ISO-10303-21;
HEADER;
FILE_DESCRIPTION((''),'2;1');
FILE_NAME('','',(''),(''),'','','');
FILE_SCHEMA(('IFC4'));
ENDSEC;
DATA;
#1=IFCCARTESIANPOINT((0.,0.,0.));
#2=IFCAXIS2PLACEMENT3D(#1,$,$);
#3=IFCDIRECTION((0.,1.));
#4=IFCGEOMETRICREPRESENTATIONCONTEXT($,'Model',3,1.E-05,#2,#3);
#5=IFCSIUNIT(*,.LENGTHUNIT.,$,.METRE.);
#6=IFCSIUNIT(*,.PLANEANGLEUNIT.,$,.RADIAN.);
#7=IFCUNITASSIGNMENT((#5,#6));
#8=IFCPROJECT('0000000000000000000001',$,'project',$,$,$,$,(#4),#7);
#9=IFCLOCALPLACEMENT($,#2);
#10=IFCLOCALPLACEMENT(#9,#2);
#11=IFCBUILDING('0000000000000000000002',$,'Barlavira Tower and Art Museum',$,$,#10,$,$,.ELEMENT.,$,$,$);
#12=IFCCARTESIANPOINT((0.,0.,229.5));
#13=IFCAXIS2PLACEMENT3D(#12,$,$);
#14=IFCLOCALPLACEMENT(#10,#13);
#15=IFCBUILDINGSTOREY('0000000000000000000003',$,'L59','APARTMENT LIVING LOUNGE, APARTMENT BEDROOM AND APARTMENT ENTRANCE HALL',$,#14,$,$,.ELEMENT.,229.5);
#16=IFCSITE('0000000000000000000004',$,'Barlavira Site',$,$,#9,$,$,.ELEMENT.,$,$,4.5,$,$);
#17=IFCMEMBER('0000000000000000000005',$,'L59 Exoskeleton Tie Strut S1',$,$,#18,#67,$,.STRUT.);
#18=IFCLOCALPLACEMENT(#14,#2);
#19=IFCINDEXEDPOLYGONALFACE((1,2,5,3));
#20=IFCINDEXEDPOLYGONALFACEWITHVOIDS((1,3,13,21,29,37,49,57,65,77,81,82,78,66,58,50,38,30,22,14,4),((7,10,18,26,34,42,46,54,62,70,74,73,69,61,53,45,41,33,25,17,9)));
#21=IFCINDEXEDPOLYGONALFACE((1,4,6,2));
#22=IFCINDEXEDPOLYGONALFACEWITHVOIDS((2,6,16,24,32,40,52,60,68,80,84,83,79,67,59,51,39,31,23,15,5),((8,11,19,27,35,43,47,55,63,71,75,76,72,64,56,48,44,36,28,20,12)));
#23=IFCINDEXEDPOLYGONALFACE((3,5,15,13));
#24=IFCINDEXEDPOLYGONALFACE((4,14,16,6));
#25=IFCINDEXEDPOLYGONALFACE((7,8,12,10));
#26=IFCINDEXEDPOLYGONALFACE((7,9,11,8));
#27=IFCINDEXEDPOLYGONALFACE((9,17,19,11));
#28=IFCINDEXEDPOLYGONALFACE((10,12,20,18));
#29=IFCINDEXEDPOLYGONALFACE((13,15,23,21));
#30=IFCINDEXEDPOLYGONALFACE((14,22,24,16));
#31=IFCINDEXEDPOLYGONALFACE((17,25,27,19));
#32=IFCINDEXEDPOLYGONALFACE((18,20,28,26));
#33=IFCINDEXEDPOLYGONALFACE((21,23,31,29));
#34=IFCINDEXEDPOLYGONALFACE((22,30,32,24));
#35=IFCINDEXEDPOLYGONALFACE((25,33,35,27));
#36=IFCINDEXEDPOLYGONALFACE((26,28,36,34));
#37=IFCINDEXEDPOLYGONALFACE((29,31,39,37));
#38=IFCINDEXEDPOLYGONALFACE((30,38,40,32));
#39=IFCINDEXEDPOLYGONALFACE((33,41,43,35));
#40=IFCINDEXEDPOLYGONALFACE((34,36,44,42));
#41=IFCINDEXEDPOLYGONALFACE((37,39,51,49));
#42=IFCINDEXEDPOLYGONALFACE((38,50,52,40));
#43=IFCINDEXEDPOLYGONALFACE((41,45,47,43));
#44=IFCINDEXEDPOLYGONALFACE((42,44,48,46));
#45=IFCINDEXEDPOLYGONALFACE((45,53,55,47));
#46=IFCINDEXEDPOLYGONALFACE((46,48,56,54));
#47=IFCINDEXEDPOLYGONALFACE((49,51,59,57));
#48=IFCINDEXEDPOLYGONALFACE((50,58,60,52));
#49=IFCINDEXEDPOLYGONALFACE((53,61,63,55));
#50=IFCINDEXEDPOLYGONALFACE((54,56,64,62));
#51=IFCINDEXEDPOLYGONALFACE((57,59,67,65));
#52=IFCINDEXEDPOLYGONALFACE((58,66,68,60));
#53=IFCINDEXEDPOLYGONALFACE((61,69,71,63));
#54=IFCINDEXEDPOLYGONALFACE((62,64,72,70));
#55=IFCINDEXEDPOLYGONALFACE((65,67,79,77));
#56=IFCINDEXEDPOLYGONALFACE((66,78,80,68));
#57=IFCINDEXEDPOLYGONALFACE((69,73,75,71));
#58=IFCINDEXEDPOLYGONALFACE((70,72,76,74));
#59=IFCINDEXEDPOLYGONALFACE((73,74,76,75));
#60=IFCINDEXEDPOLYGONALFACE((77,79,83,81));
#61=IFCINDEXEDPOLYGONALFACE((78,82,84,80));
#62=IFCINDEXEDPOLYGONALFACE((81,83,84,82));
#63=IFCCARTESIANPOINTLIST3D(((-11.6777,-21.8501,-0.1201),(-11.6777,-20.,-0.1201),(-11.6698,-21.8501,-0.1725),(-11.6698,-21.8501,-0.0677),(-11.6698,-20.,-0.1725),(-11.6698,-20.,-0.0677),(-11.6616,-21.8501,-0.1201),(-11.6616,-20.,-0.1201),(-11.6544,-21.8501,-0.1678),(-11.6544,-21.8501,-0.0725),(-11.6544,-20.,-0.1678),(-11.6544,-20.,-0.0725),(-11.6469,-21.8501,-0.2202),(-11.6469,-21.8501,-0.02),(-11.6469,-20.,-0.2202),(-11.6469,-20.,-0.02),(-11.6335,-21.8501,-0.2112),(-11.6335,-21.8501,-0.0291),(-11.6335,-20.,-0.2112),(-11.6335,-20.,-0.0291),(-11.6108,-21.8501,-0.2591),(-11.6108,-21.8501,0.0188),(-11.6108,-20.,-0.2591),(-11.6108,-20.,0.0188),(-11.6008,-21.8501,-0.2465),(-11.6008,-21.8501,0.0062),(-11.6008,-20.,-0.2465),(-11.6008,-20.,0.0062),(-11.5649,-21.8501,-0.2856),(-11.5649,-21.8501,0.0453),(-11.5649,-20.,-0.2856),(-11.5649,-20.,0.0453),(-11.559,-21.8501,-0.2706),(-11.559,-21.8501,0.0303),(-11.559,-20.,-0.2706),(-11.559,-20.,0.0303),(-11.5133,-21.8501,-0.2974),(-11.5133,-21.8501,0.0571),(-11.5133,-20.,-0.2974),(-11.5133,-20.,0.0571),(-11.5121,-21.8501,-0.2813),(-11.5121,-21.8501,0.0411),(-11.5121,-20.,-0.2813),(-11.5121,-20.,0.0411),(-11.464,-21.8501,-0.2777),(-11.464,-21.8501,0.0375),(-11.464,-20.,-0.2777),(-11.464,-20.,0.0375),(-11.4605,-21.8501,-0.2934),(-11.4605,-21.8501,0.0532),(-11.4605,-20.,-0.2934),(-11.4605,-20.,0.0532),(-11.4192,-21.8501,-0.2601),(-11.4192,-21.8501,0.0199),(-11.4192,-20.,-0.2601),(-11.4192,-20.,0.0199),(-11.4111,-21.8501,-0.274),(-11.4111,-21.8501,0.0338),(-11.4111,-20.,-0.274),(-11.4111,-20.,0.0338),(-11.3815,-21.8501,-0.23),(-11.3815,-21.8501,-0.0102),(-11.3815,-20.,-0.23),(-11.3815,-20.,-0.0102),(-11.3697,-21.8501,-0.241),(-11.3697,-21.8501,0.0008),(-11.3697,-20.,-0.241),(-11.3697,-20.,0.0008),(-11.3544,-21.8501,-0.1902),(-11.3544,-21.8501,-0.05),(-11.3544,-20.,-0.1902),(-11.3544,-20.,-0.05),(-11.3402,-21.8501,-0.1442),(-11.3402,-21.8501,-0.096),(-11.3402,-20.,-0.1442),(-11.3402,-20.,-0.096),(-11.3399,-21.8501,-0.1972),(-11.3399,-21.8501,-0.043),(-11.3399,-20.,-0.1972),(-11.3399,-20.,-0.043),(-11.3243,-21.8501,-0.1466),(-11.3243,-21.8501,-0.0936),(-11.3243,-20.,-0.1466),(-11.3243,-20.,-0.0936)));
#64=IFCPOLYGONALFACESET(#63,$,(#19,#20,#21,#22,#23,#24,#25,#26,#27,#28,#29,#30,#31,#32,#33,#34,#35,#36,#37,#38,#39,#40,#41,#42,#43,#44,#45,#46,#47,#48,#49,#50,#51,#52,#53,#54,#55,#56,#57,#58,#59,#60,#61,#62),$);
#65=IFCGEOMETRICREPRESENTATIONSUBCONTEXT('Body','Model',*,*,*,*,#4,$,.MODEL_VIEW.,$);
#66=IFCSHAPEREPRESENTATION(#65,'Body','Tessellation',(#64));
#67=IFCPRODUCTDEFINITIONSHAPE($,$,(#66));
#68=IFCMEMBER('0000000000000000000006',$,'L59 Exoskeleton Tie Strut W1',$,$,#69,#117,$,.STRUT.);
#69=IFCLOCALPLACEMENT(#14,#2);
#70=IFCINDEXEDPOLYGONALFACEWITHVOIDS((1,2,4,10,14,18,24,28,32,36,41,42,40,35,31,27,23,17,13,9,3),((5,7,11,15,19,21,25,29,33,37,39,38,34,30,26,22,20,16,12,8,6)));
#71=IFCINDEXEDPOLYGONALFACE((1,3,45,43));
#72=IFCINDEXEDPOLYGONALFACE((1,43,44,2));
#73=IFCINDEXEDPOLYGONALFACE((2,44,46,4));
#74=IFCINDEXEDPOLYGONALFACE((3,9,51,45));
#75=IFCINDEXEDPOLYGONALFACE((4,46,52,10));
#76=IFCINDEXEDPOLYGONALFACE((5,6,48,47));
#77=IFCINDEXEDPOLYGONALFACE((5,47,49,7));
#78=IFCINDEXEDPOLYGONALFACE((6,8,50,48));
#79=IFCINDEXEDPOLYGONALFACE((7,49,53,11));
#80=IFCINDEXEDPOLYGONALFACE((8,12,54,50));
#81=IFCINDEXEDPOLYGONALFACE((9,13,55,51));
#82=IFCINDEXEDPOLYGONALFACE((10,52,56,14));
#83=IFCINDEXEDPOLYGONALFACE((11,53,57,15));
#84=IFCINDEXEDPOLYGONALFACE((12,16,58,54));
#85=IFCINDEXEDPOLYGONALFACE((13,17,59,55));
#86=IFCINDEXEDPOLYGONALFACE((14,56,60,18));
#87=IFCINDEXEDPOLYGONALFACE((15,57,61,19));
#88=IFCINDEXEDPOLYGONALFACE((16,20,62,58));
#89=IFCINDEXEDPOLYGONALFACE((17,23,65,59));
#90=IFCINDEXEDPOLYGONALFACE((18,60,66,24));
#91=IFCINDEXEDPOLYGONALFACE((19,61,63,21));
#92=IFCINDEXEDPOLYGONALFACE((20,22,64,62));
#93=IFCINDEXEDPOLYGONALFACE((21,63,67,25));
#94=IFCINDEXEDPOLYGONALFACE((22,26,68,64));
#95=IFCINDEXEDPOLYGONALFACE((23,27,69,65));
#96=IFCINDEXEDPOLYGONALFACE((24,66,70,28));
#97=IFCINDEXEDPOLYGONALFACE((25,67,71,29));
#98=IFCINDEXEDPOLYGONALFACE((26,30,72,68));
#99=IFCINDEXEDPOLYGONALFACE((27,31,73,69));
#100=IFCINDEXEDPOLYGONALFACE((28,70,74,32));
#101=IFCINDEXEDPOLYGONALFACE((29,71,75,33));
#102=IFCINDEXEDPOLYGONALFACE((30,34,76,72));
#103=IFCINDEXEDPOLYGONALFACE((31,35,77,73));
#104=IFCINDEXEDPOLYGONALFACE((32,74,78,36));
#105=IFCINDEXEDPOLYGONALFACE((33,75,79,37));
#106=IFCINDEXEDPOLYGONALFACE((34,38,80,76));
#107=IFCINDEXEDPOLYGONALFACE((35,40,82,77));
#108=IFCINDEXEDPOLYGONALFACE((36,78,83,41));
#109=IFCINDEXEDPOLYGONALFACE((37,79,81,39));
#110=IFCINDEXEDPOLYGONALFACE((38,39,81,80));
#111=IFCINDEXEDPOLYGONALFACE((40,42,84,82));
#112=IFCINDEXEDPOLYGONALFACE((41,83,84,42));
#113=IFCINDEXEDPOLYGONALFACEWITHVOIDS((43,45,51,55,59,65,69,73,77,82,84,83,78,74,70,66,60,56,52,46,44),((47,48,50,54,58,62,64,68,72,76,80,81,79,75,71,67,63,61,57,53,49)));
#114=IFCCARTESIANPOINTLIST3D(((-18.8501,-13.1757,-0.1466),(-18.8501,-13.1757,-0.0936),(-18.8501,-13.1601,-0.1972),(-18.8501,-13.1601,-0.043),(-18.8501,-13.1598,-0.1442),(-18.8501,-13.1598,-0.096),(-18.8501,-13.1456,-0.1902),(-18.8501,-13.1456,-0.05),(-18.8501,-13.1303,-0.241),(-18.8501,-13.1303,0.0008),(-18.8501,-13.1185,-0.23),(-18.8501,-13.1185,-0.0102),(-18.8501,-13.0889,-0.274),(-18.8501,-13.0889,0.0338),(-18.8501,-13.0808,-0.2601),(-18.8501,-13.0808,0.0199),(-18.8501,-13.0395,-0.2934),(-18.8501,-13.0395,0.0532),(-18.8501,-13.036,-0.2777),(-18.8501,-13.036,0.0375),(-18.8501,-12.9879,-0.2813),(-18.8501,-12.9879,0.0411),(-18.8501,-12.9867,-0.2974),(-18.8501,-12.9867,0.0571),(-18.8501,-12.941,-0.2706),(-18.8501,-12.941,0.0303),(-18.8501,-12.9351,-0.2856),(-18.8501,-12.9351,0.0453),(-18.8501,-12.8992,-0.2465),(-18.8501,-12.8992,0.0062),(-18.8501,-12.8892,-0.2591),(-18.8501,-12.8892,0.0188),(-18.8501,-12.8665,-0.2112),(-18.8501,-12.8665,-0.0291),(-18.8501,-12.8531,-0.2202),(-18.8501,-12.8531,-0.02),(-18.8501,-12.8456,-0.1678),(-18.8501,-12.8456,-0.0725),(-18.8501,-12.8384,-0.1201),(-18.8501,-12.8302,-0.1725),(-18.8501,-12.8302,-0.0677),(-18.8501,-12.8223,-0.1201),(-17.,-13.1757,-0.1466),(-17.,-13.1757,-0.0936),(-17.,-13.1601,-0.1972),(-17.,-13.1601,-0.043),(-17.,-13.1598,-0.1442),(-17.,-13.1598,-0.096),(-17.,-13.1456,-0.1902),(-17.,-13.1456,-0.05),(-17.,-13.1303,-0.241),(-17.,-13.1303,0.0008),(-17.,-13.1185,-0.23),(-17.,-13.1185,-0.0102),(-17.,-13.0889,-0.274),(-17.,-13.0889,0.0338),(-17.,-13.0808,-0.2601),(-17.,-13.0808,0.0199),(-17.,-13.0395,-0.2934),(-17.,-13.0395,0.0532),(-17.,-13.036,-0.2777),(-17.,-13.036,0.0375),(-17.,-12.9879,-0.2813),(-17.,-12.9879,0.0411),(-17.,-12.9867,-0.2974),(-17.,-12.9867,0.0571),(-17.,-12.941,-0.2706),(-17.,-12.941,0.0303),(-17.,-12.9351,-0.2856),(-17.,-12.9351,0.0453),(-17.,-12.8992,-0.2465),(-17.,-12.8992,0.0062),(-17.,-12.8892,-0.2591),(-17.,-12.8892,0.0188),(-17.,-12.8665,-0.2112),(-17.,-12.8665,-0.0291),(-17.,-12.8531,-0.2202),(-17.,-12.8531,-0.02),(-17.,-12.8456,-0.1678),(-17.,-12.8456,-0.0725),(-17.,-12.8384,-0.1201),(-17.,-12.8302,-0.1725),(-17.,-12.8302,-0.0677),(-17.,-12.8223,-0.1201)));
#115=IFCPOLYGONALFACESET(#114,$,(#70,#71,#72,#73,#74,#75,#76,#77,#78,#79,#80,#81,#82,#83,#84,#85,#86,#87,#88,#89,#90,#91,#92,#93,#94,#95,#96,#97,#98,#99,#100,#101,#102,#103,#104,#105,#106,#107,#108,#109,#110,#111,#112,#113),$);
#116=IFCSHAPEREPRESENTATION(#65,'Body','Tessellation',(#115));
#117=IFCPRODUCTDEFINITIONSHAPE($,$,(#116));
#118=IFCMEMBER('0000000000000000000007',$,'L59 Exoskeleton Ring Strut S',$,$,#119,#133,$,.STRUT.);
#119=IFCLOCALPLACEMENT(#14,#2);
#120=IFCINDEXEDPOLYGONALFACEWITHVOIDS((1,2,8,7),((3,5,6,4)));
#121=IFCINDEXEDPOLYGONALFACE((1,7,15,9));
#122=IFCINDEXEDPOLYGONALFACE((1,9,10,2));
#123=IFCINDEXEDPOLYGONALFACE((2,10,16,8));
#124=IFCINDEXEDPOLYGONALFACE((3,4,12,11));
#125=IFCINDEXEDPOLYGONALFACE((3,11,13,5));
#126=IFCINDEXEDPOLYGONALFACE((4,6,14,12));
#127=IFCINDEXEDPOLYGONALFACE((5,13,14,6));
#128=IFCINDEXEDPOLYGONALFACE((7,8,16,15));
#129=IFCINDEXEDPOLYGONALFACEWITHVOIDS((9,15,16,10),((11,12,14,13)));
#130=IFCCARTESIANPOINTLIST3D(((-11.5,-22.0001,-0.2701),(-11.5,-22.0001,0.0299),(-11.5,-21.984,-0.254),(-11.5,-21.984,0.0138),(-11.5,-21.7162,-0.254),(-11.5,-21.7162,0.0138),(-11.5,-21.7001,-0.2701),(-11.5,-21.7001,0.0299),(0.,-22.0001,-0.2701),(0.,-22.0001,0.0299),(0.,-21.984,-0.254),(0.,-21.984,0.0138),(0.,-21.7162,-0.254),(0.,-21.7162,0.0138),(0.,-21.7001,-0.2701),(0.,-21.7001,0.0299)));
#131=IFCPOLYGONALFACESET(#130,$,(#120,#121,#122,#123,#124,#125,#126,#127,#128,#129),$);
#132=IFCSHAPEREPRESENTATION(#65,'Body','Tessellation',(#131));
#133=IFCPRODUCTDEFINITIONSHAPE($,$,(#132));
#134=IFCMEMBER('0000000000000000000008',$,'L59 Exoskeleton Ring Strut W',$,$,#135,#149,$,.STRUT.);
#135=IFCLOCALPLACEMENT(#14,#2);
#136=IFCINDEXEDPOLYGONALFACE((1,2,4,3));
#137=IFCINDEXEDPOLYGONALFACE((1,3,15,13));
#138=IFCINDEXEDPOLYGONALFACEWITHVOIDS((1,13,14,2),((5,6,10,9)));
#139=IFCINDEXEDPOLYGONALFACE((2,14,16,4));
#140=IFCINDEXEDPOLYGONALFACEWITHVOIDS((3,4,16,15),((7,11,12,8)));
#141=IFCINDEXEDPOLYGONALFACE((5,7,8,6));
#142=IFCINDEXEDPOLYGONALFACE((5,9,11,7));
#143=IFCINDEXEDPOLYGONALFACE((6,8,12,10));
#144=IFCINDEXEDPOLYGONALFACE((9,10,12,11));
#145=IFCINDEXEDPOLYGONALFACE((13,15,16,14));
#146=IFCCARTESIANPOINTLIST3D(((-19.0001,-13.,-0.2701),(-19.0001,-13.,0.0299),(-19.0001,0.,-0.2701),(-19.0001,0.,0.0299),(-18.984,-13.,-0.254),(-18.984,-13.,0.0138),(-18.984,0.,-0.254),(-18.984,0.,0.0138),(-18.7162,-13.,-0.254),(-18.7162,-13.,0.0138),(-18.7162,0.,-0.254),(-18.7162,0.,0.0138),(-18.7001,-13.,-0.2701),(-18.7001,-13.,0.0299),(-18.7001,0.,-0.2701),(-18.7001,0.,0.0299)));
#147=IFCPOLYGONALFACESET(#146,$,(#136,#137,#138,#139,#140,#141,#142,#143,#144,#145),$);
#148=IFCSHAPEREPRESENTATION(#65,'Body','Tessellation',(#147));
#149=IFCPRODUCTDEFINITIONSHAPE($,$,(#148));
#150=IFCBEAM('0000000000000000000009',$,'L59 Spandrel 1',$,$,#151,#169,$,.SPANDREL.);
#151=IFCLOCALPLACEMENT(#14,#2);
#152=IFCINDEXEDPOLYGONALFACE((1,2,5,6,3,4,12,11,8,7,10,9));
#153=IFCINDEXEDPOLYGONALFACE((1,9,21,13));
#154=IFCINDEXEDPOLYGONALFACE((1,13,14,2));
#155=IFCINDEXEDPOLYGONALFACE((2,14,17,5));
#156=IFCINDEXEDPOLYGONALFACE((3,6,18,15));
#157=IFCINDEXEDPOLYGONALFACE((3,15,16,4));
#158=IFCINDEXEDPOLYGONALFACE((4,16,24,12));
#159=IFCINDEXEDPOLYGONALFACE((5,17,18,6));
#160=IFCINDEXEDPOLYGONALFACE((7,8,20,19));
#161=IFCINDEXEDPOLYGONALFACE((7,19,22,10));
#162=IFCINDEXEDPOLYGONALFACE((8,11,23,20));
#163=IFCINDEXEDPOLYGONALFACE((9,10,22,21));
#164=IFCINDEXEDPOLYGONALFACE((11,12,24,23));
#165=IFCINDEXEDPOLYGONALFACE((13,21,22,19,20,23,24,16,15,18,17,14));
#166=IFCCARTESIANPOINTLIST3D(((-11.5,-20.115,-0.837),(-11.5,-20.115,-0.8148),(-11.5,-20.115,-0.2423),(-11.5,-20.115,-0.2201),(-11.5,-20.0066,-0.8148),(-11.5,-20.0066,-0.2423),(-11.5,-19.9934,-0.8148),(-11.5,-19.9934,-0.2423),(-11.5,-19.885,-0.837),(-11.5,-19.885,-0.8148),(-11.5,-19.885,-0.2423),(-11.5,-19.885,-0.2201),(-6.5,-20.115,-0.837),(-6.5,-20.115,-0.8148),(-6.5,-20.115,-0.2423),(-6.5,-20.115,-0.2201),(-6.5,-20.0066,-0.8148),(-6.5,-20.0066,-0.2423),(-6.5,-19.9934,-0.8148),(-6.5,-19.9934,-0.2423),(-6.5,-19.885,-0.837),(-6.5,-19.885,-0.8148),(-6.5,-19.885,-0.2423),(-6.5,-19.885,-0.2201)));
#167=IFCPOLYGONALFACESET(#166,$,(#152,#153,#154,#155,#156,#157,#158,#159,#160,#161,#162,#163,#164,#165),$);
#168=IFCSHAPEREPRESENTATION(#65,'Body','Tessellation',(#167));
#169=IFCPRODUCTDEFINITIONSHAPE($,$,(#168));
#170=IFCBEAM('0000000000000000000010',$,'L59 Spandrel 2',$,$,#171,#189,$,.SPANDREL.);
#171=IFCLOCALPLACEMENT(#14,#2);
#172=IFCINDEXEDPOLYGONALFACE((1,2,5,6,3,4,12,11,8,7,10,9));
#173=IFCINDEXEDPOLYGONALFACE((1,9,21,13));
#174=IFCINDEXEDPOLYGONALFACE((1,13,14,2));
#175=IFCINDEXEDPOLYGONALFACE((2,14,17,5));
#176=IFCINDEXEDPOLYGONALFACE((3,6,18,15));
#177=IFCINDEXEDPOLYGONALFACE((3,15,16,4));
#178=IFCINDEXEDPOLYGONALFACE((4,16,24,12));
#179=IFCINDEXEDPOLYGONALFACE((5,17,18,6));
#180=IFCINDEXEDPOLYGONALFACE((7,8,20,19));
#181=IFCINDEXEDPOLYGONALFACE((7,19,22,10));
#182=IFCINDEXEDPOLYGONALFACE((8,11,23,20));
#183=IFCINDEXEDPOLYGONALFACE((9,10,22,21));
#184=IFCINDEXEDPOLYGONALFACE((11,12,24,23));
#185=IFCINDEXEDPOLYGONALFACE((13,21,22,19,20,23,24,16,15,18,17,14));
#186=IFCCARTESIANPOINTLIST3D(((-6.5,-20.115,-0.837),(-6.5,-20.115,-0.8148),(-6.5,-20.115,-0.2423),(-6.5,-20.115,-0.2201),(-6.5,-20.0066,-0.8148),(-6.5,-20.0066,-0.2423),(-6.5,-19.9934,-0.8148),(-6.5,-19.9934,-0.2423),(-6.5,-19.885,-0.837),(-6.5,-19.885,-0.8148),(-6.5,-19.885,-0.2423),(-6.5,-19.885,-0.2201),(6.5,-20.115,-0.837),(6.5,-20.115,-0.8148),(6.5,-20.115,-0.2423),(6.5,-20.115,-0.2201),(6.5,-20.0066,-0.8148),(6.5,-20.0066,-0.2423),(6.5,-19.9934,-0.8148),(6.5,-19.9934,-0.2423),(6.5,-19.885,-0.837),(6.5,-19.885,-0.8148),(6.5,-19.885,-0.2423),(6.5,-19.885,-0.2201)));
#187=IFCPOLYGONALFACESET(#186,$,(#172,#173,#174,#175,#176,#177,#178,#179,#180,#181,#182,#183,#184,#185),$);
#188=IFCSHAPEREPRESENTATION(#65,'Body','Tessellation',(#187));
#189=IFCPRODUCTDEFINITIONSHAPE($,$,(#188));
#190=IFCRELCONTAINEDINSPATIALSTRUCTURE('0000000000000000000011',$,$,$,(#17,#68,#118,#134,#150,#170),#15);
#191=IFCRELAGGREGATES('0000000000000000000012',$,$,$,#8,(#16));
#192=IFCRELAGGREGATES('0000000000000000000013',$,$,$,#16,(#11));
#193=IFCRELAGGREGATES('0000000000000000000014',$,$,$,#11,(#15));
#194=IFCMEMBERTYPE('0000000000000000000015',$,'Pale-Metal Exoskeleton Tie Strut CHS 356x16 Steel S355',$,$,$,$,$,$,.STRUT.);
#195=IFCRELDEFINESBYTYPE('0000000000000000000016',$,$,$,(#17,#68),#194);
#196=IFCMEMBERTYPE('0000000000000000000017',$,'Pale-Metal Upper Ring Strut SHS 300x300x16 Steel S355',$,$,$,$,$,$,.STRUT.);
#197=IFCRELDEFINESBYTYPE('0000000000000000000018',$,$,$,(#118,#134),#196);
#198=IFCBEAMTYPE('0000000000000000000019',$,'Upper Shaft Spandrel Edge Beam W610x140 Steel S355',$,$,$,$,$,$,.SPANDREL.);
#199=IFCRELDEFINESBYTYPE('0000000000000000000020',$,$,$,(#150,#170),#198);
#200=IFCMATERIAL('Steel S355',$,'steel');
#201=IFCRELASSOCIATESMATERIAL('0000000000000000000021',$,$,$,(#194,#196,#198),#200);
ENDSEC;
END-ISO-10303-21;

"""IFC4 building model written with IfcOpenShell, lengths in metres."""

from ifc_helpers import new_model, si_unit, direction, frame, origin, origin_2d, place, context, subcontext, project, spatial, hollow_rectangle, hollow_circle, i_section, extrude, material, material_profile, profile_set, type_object, element, save


model = new_model("IFC4")

# Units and contexts
model_context = context("Model", 3, precision=1e-05, world=origin(), true_north=direction((0.0, 1.0)))
body_context = subcontext(model_context, "Body", "Model", "MODEL_VIEW")
ifc_project = project(units=[si_unit("LENGTHUNIT", "METRE"), si_unit("PLANEANGLEUNIT", "RADIAN")], contexts=[model_context])

# Site, building, storey
site_placement = place(None, origin())
site = spatial("IfcSite", under=ifc_project, at=site_placement, Name="Barlavira Site", CompositionType="ELEMENT", RefElevation=4.5)
building_placement = place(site_placement, origin())
building = spatial("IfcBuilding", under=site, at=building_placement, Name="Barlavira Tower and Art Museum", CompositionType="ELEMENT")
storey_placement = place(building_placement, frame((0.0, 0.0, 229.5)))
storey = spatial("IfcBuildingStorey", under=building, at=storey_placement, Name="L59", Description="APARTMENT LIVING LOUNGE, APARTMENT BEDROOM AND APARTMENT ENTRANCE HALL", CompositionType="ELEMENT", Elevation=229.5)

# Members
ifc_material_1 = material(Name="Steel S355", Category="steel")
ifc_material_profile_1 = material_profile(ifc_material_1, hollow_circle(Radius=0.1777, WallThickness=0.0161, at=origin_2d()), Name="CHS 355.6x16.0")
ifc_profile_set_1 = profile_set([ifc_material_profile_1], Name="Steel S355")
member_type_1 = type_object("IfcMemberType", Name="Pale-Metal Exoskeleton Tie Strut CHS 356x16 Steel S355", PredefinedType="STRUT", material=ifc_profile_set_1)
for number, where, z_axis, x_axis, name in (
    (1, (-11.5, -21.8501, -0.1201), (0.0, 1.0, 0.0), (-1.0, 0.0, 0.0), "L59 Exoskeleton Tie Strut S1"),
    (2, (-18.8501, -13.0, -0.1201), (1.0, 0.0, 0.0), (0.0, 1.0, 0.0), "L59 Exoskeleton Tie Strut W1"),
):
    element("IfcMember", number, at=place(storey_placement, frame(where, z_axis=z_axis, x_axis=x_axis)), inside=storey, type_object=member_type_1, Name=name, PredefinedType="STRUT", context=body_context, shape_type="SweptSolid", body=[
        extrude(hollow_circle(Radius=0.1777, WallThickness=0.0161, at=origin_2d()), origin(), (0.0, 0.0, 1.0), 1.8501),
    ])
ifc_material_profile_2 = material_profile(ifc_material_1, hollow_rectangle(XDim=0.3, YDim=0.3, WallThickness=0.0161, at=origin_2d()), Name="SHS 300x300x16.0")
ifc_profile_set_2 = profile_set([ifc_material_profile_2], Name="Steel S355")
member_type_2 = type_object("IfcMemberType", Name="Pale-Metal Upper Ring Strut SHS 300x300x16 Steel S355", PredefinedType="STRUT", material=ifc_profile_set_2)
member_1_placement = place(storey_placement, frame((-11.5, -21.8501, -0.1201), z_axis=(1.0, 0.0, 0.0), x_axis=(0.0, 1.0, 0.0)))
element("IfcMember", 3, at=member_1_placement, inside=storey, type_object=member_type_2, Name="L59 Exoskeleton Ring Strut S", PredefinedType="STRUT", context=body_context, shape_type="SweptSolid", body=[
    extrude(hollow_rectangle(XDim=0.3, YDim=0.3, WallThickness=0.0161, at=origin_2d()), origin(), (0.0, 0.0, 1.0), 11.5),
])
member_2_placement = place(storey_placement, frame((-18.8501, -13.0, -0.1201), z_axis=(0.0, 1.0, 0.0), x_axis=(-1.0, 0.0, 0.0)))
element("IfcMember", 4, at=member_2_placement, inside=storey, type_object=member_type_2, Name="L59 Exoskeleton Ring Strut W", PredefinedType="STRUT", context=body_context, shape_type="SweptSolid", body=[
    extrude(hollow_rectangle(XDim=0.3, YDim=0.3, WallThickness=0.0161, at=origin_2d()), origin(), (0.0, 0.0, 1.0), 13.0),
])

# Beams
ifc_material_profile_3 = material_profile(ifc_material_1, i_section(OverallWidth=0.23, OverallDepth=0.6169, WebThickness=0.0132, FlangeThickness=0.0222, at=origin_2d()), Name="W610x140.0")
ifc_profile_set_3 = profile_set([ifc_material_profile_3], Name="Steel S355")
beam_type_1 = type_object("IfcBeamType", Name="Upper Shaft Spandrel Edge Beam W610x140 Steel S355", PredefinedType="SPANDREL", material=ifc_profile_set_3)
beam_1_placement = place(storey_placement, frame((-11.5, -20.0, -0.5286), z_axis=(1.0, 0.0, 0.0), x_axis=(0.0, 1.0, 0.0)))
element("IfcBeam", 5, at=beam_1_placement, inside=storey, type_object=beam_type_1, Name="L59 Spandrel 1", PredefinedType="SPANDREL", context=body_context, shape_type="SweptSolid", body=[
    extrude(i_section(OverallWidth=0.23, OverallDepth=0.6169, WebThickness=0.0132, FlangeThickness=0.0222, at=origin_2d()), origin(), (0.0, 0.0, 1.0), 5.0),
])
beam_2_placement = place(storey_placement, frame((-6.5, -20.0, -0.5286), z_axis=(1.0, 0.0, 0.0), x_axis=(0.0, 1.0, 0.0)))
element("IfcBeam", 6, at=beam_2_placement, inside=storey, type_object=beam_type_1, Name="L59 Spandrel 2", PredefinedType="SPANDREL", context=body_context, shape_type="SweptSolid", body=[
    extrude(i_section(OverallWidth=0.23, OverallDepth=0.6169, WebThickness=0.0132, FlangeThickness=0.0222, at=origin_2d()), origin(), (0.0, 0.0, 1.0), 13.0),
])

save(model, "model.ifc")
